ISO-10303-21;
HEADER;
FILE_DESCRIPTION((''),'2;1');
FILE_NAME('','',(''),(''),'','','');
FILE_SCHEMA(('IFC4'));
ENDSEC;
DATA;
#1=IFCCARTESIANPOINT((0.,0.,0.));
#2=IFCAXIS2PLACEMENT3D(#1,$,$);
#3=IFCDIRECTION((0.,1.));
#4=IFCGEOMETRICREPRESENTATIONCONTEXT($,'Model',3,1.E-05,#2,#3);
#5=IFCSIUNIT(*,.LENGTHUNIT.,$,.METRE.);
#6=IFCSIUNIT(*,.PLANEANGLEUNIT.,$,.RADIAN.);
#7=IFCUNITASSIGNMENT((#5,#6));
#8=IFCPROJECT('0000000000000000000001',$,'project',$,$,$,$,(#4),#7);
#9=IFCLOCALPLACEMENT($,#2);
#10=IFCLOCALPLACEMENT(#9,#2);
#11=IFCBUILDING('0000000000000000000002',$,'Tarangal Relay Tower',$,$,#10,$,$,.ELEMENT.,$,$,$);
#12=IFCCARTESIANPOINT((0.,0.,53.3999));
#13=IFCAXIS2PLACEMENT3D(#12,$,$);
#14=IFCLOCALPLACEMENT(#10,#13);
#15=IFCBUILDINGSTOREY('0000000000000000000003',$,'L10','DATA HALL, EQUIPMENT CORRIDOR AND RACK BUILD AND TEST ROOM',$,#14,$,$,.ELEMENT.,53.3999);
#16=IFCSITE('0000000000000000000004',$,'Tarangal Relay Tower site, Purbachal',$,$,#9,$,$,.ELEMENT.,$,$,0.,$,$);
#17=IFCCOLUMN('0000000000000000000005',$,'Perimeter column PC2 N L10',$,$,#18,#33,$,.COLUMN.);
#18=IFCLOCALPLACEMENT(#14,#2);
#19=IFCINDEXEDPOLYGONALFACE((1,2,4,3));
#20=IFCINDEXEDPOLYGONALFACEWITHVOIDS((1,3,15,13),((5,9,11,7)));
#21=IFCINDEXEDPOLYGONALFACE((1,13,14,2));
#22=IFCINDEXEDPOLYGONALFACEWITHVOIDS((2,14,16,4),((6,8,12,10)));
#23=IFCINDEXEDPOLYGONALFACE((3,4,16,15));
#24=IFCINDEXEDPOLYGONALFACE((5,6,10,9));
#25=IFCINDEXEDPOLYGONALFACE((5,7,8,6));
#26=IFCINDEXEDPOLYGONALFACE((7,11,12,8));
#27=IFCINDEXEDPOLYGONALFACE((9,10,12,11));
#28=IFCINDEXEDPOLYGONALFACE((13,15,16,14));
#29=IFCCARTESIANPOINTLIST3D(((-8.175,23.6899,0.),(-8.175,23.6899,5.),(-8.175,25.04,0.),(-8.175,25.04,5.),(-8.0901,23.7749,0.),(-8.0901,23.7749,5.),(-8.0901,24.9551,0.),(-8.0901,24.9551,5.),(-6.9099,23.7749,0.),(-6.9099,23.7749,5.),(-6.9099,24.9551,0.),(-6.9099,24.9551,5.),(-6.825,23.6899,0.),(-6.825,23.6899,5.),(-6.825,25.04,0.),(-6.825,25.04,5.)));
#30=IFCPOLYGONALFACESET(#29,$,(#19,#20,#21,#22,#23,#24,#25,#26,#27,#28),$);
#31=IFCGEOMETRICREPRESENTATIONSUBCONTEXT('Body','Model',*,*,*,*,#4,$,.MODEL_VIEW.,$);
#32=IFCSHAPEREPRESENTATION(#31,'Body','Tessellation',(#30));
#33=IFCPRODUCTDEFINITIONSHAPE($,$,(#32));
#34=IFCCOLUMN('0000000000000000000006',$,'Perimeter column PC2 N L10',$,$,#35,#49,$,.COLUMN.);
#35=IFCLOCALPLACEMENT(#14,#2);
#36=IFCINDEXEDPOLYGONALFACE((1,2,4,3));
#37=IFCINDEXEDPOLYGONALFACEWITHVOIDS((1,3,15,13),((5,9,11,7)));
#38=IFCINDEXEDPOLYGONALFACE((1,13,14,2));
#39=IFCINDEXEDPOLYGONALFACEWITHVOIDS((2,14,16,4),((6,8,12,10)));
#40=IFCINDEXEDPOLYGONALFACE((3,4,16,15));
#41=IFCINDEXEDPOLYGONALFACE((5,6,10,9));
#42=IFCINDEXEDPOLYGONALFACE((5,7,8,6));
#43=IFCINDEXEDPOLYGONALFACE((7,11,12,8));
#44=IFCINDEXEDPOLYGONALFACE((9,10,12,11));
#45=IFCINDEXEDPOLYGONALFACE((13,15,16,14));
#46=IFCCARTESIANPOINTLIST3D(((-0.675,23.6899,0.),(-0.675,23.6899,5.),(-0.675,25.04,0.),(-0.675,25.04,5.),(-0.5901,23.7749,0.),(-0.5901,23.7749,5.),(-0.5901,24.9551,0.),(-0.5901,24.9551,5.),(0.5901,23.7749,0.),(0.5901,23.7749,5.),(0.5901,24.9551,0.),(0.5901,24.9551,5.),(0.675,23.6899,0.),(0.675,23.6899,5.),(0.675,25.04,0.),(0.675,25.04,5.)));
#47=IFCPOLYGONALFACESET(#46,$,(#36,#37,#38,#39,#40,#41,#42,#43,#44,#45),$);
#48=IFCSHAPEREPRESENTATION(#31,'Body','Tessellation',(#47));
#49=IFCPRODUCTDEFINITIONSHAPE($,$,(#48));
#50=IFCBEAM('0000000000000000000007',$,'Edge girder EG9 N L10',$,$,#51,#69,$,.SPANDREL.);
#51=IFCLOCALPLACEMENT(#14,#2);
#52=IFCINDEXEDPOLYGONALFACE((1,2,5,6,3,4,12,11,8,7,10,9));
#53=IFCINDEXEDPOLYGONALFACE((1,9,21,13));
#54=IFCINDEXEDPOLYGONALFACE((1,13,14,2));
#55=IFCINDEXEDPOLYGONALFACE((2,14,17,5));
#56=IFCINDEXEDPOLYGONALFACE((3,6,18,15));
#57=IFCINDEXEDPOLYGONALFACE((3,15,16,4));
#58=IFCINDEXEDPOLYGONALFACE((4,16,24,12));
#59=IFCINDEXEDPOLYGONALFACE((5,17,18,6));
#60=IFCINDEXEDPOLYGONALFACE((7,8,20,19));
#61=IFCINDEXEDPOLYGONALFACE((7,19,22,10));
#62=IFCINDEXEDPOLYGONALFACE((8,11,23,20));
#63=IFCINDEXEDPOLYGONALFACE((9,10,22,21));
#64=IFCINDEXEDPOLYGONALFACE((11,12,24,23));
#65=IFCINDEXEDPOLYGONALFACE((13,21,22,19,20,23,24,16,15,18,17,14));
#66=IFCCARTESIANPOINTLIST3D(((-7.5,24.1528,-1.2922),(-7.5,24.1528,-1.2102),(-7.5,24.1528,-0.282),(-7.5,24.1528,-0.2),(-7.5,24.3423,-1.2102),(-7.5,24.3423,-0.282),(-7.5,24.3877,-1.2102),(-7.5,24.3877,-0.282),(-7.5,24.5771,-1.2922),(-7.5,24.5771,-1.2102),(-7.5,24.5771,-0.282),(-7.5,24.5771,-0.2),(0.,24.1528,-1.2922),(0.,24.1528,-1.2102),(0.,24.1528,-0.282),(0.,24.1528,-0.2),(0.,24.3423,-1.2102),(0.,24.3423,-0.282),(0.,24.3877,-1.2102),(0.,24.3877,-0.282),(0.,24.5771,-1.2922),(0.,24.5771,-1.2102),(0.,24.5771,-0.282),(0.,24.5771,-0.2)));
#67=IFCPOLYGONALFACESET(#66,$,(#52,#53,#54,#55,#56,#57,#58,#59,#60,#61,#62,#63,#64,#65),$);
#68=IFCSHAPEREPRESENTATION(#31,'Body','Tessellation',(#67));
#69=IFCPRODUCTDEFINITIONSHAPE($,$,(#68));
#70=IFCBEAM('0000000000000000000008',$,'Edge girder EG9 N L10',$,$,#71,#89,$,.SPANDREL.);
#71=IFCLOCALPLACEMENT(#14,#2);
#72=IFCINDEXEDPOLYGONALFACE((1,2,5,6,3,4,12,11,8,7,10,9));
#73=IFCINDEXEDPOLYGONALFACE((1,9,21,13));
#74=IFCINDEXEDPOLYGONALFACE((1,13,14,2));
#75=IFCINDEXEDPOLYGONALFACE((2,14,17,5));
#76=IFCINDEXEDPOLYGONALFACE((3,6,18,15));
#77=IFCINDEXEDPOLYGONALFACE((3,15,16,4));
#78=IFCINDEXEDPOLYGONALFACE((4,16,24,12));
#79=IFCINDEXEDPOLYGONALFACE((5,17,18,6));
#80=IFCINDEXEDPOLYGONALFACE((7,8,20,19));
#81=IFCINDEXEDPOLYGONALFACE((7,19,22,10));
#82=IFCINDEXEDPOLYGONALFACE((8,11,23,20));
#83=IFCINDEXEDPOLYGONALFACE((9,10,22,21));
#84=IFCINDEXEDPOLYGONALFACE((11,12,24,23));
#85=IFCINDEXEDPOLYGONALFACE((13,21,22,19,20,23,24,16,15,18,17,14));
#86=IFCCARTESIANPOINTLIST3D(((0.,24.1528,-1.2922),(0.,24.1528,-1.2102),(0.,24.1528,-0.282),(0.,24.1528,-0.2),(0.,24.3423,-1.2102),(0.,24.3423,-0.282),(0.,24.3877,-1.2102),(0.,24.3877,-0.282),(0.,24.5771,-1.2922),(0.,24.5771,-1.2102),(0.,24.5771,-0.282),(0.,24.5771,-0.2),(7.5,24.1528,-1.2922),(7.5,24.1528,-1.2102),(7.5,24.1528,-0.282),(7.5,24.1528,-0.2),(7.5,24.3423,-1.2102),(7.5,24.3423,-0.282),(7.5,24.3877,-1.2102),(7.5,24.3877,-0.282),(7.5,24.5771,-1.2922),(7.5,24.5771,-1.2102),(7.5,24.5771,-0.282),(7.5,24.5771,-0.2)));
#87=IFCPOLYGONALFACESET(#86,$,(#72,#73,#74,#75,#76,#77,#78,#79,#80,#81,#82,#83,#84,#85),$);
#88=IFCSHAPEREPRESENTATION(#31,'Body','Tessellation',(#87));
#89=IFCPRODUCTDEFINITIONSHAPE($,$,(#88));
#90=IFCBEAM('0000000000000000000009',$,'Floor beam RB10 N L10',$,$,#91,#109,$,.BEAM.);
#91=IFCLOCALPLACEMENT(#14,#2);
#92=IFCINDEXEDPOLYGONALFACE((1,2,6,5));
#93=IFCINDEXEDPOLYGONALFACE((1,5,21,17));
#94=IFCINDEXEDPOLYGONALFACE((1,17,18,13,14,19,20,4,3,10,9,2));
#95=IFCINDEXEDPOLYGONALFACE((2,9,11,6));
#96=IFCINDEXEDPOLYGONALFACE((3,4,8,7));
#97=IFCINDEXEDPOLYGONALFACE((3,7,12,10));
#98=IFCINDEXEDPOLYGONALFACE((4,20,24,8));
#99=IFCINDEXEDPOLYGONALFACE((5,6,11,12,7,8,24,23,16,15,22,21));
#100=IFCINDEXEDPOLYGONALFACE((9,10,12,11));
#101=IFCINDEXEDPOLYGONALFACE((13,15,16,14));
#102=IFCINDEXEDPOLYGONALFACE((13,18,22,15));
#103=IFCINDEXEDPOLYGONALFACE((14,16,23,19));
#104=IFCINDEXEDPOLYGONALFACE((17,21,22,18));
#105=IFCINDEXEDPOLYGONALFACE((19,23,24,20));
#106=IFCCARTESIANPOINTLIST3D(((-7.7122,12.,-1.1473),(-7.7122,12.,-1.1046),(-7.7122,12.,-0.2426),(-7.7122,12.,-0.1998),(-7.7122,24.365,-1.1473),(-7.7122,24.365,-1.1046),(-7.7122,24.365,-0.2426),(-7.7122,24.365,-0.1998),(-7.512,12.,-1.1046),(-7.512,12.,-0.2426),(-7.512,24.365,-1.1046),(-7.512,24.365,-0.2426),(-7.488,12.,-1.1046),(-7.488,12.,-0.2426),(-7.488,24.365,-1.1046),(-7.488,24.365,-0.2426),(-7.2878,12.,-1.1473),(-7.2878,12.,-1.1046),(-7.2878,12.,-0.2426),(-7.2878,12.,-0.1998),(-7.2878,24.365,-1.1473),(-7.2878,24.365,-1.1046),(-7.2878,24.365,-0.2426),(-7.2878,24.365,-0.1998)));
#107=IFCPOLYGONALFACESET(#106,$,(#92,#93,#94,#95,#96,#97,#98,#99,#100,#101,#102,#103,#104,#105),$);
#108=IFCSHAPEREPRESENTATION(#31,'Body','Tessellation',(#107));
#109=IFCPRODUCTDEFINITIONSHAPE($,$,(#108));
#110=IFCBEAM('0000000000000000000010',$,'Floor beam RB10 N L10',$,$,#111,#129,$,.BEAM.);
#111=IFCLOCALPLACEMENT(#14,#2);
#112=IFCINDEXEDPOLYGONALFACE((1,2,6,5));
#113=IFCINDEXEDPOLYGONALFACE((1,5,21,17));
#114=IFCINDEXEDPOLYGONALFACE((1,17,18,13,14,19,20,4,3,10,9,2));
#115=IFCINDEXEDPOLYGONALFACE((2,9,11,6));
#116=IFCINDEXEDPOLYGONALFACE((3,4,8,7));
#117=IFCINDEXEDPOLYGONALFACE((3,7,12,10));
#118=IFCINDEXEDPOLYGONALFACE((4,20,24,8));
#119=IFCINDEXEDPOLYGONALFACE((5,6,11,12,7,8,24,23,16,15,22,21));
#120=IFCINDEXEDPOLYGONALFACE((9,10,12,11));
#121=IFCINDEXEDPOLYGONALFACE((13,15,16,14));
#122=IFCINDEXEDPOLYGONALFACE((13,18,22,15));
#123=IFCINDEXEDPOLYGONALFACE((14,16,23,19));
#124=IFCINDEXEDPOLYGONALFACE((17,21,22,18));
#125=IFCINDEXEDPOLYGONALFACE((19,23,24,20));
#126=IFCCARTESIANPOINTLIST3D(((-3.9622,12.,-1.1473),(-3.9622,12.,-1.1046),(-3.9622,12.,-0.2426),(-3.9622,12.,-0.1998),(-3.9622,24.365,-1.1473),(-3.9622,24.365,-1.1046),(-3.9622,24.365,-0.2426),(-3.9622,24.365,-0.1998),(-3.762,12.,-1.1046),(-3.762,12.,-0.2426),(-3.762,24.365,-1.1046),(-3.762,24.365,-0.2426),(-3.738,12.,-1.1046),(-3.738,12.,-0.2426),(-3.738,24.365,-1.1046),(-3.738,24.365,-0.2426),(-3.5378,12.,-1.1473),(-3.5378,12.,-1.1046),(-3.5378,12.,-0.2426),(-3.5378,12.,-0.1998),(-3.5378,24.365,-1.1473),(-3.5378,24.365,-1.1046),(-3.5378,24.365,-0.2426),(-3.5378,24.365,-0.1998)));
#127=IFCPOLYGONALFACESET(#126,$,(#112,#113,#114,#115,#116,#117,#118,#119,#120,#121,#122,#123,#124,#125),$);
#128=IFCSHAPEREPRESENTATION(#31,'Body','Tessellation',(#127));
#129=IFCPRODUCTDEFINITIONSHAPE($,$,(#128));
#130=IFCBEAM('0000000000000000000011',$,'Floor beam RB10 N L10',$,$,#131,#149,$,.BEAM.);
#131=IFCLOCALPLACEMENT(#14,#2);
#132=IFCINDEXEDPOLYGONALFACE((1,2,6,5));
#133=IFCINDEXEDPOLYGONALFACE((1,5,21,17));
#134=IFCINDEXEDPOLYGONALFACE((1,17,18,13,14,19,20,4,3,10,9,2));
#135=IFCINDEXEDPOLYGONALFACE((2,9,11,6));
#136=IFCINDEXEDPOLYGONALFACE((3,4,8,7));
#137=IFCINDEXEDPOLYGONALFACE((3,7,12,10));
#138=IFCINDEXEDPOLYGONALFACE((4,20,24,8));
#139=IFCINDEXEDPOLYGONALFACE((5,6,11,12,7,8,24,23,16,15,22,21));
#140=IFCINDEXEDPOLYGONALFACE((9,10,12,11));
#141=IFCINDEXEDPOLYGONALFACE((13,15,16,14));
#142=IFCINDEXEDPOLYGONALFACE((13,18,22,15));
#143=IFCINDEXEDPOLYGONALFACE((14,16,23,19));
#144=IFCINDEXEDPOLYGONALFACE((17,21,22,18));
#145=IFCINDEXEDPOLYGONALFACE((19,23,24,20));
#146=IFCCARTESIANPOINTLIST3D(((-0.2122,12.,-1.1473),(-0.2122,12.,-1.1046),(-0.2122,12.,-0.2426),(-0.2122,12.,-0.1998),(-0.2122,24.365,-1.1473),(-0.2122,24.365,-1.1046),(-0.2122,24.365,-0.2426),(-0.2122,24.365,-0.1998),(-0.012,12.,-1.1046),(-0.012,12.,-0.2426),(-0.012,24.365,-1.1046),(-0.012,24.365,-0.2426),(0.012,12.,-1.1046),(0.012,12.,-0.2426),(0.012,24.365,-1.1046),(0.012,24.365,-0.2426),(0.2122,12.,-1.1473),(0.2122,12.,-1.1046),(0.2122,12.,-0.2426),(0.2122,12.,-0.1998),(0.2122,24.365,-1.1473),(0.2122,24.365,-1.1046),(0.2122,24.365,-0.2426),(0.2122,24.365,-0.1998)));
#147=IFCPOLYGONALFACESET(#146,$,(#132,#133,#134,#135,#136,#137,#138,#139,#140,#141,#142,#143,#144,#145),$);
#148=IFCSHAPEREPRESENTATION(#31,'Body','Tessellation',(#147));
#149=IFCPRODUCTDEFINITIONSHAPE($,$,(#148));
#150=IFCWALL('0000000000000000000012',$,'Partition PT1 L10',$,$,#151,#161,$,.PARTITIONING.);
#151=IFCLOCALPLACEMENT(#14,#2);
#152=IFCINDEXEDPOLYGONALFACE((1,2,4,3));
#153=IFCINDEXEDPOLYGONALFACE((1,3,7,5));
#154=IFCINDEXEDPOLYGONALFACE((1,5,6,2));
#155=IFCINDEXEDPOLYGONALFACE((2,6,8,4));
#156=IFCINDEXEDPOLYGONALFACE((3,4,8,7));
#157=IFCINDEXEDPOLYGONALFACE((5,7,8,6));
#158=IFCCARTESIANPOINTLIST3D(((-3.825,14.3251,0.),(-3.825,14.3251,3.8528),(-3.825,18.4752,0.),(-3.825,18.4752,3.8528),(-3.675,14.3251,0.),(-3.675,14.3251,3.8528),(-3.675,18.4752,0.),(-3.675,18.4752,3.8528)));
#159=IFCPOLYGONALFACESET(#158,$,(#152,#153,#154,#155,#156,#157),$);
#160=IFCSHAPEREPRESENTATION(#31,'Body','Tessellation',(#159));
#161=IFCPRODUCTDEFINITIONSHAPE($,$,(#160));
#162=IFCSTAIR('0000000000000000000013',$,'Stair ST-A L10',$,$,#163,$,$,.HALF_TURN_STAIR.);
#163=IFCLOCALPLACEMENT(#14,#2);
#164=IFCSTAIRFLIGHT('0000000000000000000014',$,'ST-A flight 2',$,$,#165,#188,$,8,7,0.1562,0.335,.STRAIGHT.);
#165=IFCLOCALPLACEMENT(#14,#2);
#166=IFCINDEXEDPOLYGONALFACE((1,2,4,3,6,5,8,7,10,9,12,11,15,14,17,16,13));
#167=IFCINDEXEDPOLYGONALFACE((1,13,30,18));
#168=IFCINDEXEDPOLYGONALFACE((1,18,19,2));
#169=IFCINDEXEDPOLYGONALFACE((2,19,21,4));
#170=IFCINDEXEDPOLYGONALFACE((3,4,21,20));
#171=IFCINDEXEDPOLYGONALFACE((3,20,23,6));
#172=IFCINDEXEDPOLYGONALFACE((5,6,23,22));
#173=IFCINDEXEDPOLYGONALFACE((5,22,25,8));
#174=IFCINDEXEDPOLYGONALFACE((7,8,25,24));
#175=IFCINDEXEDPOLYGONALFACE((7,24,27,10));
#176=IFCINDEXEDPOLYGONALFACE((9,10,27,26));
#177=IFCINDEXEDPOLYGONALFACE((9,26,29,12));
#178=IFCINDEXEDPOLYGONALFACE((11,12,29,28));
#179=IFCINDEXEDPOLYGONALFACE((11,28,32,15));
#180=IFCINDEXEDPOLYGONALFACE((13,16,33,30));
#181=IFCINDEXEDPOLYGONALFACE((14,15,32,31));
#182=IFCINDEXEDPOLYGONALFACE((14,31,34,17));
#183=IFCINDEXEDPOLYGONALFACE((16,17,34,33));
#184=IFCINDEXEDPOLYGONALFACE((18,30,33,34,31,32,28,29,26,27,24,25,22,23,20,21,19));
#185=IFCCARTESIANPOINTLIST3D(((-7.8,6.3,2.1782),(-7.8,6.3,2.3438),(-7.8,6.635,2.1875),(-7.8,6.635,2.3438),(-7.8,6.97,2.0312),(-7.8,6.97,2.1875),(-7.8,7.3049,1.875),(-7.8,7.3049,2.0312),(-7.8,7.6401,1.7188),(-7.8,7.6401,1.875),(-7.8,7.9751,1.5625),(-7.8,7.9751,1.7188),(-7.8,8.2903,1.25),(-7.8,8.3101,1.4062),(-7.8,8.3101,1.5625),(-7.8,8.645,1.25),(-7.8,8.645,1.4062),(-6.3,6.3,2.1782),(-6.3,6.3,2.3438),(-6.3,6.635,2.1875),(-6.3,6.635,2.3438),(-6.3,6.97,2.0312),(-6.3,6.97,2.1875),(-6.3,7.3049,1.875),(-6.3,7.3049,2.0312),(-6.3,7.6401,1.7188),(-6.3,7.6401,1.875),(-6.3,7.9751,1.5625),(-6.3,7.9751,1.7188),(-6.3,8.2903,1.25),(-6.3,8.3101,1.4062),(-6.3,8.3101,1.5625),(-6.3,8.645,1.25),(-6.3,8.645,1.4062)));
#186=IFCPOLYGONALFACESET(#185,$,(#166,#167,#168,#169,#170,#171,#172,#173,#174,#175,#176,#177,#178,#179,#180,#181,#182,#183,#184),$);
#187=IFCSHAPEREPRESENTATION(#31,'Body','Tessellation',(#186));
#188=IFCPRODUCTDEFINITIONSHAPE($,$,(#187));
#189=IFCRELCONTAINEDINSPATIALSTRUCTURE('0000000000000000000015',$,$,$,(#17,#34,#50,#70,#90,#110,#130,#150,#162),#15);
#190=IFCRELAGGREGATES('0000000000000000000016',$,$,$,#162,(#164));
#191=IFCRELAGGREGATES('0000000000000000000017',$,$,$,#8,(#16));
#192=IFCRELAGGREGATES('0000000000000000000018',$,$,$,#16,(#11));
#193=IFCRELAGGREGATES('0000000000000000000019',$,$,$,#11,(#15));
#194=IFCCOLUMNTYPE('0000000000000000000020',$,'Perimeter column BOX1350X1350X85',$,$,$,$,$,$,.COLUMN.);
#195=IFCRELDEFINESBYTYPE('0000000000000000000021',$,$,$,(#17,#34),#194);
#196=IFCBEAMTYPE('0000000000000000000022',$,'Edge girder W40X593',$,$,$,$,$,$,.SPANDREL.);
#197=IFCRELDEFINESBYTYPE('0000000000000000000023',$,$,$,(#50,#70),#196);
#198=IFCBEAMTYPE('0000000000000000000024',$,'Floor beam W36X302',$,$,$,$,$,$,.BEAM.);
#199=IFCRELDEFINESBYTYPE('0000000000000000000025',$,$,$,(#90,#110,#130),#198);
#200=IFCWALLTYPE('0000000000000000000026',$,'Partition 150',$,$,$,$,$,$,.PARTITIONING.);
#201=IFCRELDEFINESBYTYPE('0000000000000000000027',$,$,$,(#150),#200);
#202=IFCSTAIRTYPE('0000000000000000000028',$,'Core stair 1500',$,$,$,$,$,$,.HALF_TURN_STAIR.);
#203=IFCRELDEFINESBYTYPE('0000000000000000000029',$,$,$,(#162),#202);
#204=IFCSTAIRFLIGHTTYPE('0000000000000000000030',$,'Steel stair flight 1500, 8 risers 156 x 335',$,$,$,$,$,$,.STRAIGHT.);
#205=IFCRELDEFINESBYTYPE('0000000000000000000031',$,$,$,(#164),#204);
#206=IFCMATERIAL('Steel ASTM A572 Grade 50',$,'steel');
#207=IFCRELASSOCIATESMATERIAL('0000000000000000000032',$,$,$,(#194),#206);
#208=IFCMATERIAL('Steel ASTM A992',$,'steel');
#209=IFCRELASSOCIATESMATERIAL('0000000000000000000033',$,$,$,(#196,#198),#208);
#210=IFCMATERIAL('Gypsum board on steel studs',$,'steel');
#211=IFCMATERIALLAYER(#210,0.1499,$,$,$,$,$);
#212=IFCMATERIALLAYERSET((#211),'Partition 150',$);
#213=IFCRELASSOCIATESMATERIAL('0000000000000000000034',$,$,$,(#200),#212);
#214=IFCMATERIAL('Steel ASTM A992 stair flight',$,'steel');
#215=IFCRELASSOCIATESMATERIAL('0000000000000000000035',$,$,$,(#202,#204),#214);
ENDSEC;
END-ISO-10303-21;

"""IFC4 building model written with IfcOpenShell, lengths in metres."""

from ifc_helpers import new_model, si_unit, direction, frame, frame_2d, origin, origin_2d, place, context, subcontext, project, spatial, polyline, rectangle, hollow_rectangle, i_section, outline, extrude, material, layer, layer_set, material_profile, profile_set, type_object, element, aggregate, save


model = new_model("IFC4")

# Units and contexts
model_context = context("Model", 3, precision=1e-05, world=origin(), true_north=direction((0.0, 1.0)))
body_context = subcontext(model_context, "Body", "Model", "MODEL_VIEW")
ifc_project = project(units=[si_unit("LENGTHUNIT", "METRE"), si_unit("PLANEANGLEUNIT", "RADIAN")], contexts=[model_context])

# Site, building, storey
site_placement = place(None, origin())
site = spatial("IfcSite", under=ifc_project, at=site_placement, Name="Tarangal Relay Tower site, Purbachal", CompositionType="ELEMENT", RefElevation=0.0)
building_placement = place(site_placement, origin())
building = spatial("IfcBuilding", under=site, at=building_placement, Name="Tarangal Relay Tower", CompositionType="ELEMENT")
storey_placement = place(building_placement, frame((0.0, 0.0, 53.3999)))
storey = spatial("IfcBuildingStorey", under=building, at=storey_placement, Name="L10", Description="DATA HALL, EQUIPMENT CORRIDOR AND RACK BUILD AND TEST ROOM", CompositionType="ELEMENT", Elevation=53.3999)

# Columns
ifc_material_1 = material(Name="Steel ASTM A572 Grade 50", Category="steel")
ifc_material_profile_1 = material_profile(ifc_material_1, hollow_rectangle(XDim=1.3501, YDim=1.3501, WallThickness=0.085, at=origin_2d()), Name="BOX1350X1350X85")
ifc_profile_set_1 = profile_set([ifc_material_profile_1], Name="Steel ASTM A572 Grade 50")
column_type = type_object("IfcColumnType", Name="Perimeter column BOX1350X1350X85", PredefinedType="COLUMN", material=ifc_profile_set_1)
for number, where, z_axis, x_axis, name in (
    (1, (-7.5, 24.365, 0.0), (0.0, 0.0, 1.0), (1.0, 0.0, 0.0), "Perimeter column PC2 N L10"),
    (2, (0.0, 24.365, 0.0), (0.0, 0.0, 1.0), (1.0, 0.0, 0.0), "Perimeter column PC2 N L10"),
):
    element("IfcColumn", number, at=place(storey_placement, frame(where, z_axis=z_axis, x_axis=x_axis)), inside=storey, type_object=column_type, Name=name, PredefinedType="COLUMN", context=body_context, shape_type="SweptSolid", body=[
        extrude(hollow_rectangle(XDim=1.3501, YDim=1.3501, WallThickness=0.085, at=origin_2d()), origin(), (0.0, 0.0, 1.0), 5.0),
    ])

# Beams
ifc_material_2 = material(Name="Steel ASTM A992", Category="steel")
ifc_material_profile_2 = material_profile(ifc_material_2, i_section(OverallWidth=0.4243, OverallDepth=1.0923, WebThickness=0.0454, FlangeThickness=0.082, at=origin_2d()), Name="W40X593")
ifc_profile_set_2 = profile_set([ifc_material_profile_2], Name="Steel ASTM A992")
beam_type_1 = type_object("IfcBeamType", Name="Edge girder W40X593", PredefinedType="SPANDREL", material=ifc_profile_set_2)
for number, where, z_axis, x_axis, name in (
    (3, (-7.5, 24.365, -0.7461), (1.0, 0.0, 0.0), (0.0, 1.0, 0.0), "Edge girder EG9 N L10"),
    (4, (0.0, 24.365, -0.7461), (1.0, 0.0, 0.0), (0.0, 1.0, 0.0), "Edge girder EG9 N L10"),
):
    element("IfcBeam", number, at=place(storey_placement, frame(where, z_axis=z_axis, x_axis=x_axis)), inside=storey, type_object=beam_type_1, Name=name, PredefinedType="SPANDREL", context=body_context, shape_type="SweptSolid", body=[
        extrude(i_section(OverallWidth=0.4243, OverallDepth=1.0923, WebThickness=0.0454, FlangeThickness=0.082, at=origin_2d()), origin(), (0.0, 0.0, 1.0), 7.5),
    ])
ifc_material_profile_3 = material_profile(ifc_material_2, i_section(OverallWidth=0.4243, OverallDepth=0.9475, WebThickness=0.0239, FlangeThickness=0.0427, at=origin_2d()), Name="W36X302")
ifc_profile_set_3 = profile_set([ifc_material_profile_3], Name="Steel ASTM A992")
beam_type_2 = type_object("IfcBeamType", Name="Floor beam W36X302", PredefinedType="BEAM", material=ifc_profile_set_3)
for number, where, z_axis, x_axis, name in (
    (5, (-7.5, 12.0, -0.6736), (0.0, 1.0, 0.0), (-1.0, 0.0, 0.0), "Floor beam RB10 N L10"),
    (6, (-3.75, 12.0, -0.6736), (0.0, 1.0, 0.0), (-1.0, 0.0, 0.0), "Floor beam RB10 N L10"),
    (7, (0.0, 12.0, -0.6736), (0.0, 1.0, 0.0), (-1.0, 0.0, 0.0), "Floor beam RB10 N L10"),
):
    element("IfcBeam", number, at=place(storey_placement, frame(where, z_axis=z_axis, x_axis=x_axis)), inside=storey, type_object=beam_type_2, Name=name, PredefinedType="BEAM", context=body_context, shape_type="SweptSolid", body=[
        extrude(i_section(OverallWidth=0.4243, OverallDepth=0.9475, WebThickness=0.0239, FlangeThickness=0.0427, at=origin_2d()), origin(), (0.0, 0.0, 1.0), 12.365),
    ])

# Wall
ifc_material_3 = material(Name="Gypsum board on steel studs", Category="steel")
ifc_layer_1 = layer(ifc_material_3, 0.1499)
ifc_layer_set_1 = layer_set([ifc_layer_1], Name="Partition 150")
wall_type = type_object("IfcWallType", Name="Partition 150", PredefinedType="PARTITIONING", material=ifc_layer_set_1)
wall_placement = place(storey_placement, frame((-3.75, 14.325, 0.0), z_axis=(0.0, 0.0, 1.0), x_axis=(0.0, 1.0, 0.0)))
element("IfcWall", 8, at=wall_placement, inside=storey, type_object=wall_type, Name="Partition PT1 L10", PredefinedType="PARTITIONING", context=body_context, shape_type="SweptSolid", body=[
    extrude(rectangle(XDim=4.1501, YDim=0.1499, at=frame_2d((2.0752, 0.0))), origin(), (0.0, 0.0, 1.0), 3.8528),
])

# Stair, stair flight
ifc_material_4 = material(Name="Steel ASTM A992 stair flight", Category="steel")
stair_type = type_object("IfcStairType", Name="Core stair 1500", PredefinedType="HALF_TURN_STAIR", material=ifc_material_4)
stair_placement = place(storey_placement, origin())
stair = element("IfcStair", 9, at=stair_placement, inside=storey, type_object=stair_type, Name="Stair ST-A L10", PredefinedType="HALF_TURN_STAIR")
stair_flight_type = type_object("IfcStairFlightType", Name="Steel stair flight 1500, 8 risers 156 x 335", PredefinedType="STRAIGHT", material=ifc_material_4)
stair_flight_1_placement = place(storey_placement, frame((-7.05, 8.645, 1.25), z_axis=(0.0, 0.0, 1.0), x_axis=(0.0, -1.0, 0.0)))
stair_flight_1 = element("IfcStairFlight", 10, at=stair_flight_1_placement, type_object=stair_flight_type, Name="ST-A flight 2", NumberOfRisers=8, NumberOfTreads=7, PredefinedType="STRAIGHT", RiserHeight=0.1562, TreadLength=0.335, context=body_context, shape_type="SweptSolid", body=[
    extrude(outline(polyline([(0.0, 0.0), (0.0, 0.1562), (0.335, 0.1562), (0.335, 0.3125), (0.6699, 0.3125), (0.6699, 0.4688), (1.0049, 0.4688), (1.0049, 0.625), (1.3401, 0.625), (1.3401, 0.7812), (1.675, 0.7812), (1.675, 0.9375), (2.01, 0.9375), (2.01, 1.0938), (2.345, 1.0938), (2.345, 1.25), (2.345, 0.9282), (0.3547, 0.0), (0.0, 0.0)])), frame((0.0, 0.75, 0.0), z_axis=(0.0, -1.0, 0.0), x_axis=(1.0, 0.0, 0.0)), (0.0, 0.0, 1.0), 1.5),
])
aggregate(stair, [stair_flight_1])

save(model, "model.ifc")
